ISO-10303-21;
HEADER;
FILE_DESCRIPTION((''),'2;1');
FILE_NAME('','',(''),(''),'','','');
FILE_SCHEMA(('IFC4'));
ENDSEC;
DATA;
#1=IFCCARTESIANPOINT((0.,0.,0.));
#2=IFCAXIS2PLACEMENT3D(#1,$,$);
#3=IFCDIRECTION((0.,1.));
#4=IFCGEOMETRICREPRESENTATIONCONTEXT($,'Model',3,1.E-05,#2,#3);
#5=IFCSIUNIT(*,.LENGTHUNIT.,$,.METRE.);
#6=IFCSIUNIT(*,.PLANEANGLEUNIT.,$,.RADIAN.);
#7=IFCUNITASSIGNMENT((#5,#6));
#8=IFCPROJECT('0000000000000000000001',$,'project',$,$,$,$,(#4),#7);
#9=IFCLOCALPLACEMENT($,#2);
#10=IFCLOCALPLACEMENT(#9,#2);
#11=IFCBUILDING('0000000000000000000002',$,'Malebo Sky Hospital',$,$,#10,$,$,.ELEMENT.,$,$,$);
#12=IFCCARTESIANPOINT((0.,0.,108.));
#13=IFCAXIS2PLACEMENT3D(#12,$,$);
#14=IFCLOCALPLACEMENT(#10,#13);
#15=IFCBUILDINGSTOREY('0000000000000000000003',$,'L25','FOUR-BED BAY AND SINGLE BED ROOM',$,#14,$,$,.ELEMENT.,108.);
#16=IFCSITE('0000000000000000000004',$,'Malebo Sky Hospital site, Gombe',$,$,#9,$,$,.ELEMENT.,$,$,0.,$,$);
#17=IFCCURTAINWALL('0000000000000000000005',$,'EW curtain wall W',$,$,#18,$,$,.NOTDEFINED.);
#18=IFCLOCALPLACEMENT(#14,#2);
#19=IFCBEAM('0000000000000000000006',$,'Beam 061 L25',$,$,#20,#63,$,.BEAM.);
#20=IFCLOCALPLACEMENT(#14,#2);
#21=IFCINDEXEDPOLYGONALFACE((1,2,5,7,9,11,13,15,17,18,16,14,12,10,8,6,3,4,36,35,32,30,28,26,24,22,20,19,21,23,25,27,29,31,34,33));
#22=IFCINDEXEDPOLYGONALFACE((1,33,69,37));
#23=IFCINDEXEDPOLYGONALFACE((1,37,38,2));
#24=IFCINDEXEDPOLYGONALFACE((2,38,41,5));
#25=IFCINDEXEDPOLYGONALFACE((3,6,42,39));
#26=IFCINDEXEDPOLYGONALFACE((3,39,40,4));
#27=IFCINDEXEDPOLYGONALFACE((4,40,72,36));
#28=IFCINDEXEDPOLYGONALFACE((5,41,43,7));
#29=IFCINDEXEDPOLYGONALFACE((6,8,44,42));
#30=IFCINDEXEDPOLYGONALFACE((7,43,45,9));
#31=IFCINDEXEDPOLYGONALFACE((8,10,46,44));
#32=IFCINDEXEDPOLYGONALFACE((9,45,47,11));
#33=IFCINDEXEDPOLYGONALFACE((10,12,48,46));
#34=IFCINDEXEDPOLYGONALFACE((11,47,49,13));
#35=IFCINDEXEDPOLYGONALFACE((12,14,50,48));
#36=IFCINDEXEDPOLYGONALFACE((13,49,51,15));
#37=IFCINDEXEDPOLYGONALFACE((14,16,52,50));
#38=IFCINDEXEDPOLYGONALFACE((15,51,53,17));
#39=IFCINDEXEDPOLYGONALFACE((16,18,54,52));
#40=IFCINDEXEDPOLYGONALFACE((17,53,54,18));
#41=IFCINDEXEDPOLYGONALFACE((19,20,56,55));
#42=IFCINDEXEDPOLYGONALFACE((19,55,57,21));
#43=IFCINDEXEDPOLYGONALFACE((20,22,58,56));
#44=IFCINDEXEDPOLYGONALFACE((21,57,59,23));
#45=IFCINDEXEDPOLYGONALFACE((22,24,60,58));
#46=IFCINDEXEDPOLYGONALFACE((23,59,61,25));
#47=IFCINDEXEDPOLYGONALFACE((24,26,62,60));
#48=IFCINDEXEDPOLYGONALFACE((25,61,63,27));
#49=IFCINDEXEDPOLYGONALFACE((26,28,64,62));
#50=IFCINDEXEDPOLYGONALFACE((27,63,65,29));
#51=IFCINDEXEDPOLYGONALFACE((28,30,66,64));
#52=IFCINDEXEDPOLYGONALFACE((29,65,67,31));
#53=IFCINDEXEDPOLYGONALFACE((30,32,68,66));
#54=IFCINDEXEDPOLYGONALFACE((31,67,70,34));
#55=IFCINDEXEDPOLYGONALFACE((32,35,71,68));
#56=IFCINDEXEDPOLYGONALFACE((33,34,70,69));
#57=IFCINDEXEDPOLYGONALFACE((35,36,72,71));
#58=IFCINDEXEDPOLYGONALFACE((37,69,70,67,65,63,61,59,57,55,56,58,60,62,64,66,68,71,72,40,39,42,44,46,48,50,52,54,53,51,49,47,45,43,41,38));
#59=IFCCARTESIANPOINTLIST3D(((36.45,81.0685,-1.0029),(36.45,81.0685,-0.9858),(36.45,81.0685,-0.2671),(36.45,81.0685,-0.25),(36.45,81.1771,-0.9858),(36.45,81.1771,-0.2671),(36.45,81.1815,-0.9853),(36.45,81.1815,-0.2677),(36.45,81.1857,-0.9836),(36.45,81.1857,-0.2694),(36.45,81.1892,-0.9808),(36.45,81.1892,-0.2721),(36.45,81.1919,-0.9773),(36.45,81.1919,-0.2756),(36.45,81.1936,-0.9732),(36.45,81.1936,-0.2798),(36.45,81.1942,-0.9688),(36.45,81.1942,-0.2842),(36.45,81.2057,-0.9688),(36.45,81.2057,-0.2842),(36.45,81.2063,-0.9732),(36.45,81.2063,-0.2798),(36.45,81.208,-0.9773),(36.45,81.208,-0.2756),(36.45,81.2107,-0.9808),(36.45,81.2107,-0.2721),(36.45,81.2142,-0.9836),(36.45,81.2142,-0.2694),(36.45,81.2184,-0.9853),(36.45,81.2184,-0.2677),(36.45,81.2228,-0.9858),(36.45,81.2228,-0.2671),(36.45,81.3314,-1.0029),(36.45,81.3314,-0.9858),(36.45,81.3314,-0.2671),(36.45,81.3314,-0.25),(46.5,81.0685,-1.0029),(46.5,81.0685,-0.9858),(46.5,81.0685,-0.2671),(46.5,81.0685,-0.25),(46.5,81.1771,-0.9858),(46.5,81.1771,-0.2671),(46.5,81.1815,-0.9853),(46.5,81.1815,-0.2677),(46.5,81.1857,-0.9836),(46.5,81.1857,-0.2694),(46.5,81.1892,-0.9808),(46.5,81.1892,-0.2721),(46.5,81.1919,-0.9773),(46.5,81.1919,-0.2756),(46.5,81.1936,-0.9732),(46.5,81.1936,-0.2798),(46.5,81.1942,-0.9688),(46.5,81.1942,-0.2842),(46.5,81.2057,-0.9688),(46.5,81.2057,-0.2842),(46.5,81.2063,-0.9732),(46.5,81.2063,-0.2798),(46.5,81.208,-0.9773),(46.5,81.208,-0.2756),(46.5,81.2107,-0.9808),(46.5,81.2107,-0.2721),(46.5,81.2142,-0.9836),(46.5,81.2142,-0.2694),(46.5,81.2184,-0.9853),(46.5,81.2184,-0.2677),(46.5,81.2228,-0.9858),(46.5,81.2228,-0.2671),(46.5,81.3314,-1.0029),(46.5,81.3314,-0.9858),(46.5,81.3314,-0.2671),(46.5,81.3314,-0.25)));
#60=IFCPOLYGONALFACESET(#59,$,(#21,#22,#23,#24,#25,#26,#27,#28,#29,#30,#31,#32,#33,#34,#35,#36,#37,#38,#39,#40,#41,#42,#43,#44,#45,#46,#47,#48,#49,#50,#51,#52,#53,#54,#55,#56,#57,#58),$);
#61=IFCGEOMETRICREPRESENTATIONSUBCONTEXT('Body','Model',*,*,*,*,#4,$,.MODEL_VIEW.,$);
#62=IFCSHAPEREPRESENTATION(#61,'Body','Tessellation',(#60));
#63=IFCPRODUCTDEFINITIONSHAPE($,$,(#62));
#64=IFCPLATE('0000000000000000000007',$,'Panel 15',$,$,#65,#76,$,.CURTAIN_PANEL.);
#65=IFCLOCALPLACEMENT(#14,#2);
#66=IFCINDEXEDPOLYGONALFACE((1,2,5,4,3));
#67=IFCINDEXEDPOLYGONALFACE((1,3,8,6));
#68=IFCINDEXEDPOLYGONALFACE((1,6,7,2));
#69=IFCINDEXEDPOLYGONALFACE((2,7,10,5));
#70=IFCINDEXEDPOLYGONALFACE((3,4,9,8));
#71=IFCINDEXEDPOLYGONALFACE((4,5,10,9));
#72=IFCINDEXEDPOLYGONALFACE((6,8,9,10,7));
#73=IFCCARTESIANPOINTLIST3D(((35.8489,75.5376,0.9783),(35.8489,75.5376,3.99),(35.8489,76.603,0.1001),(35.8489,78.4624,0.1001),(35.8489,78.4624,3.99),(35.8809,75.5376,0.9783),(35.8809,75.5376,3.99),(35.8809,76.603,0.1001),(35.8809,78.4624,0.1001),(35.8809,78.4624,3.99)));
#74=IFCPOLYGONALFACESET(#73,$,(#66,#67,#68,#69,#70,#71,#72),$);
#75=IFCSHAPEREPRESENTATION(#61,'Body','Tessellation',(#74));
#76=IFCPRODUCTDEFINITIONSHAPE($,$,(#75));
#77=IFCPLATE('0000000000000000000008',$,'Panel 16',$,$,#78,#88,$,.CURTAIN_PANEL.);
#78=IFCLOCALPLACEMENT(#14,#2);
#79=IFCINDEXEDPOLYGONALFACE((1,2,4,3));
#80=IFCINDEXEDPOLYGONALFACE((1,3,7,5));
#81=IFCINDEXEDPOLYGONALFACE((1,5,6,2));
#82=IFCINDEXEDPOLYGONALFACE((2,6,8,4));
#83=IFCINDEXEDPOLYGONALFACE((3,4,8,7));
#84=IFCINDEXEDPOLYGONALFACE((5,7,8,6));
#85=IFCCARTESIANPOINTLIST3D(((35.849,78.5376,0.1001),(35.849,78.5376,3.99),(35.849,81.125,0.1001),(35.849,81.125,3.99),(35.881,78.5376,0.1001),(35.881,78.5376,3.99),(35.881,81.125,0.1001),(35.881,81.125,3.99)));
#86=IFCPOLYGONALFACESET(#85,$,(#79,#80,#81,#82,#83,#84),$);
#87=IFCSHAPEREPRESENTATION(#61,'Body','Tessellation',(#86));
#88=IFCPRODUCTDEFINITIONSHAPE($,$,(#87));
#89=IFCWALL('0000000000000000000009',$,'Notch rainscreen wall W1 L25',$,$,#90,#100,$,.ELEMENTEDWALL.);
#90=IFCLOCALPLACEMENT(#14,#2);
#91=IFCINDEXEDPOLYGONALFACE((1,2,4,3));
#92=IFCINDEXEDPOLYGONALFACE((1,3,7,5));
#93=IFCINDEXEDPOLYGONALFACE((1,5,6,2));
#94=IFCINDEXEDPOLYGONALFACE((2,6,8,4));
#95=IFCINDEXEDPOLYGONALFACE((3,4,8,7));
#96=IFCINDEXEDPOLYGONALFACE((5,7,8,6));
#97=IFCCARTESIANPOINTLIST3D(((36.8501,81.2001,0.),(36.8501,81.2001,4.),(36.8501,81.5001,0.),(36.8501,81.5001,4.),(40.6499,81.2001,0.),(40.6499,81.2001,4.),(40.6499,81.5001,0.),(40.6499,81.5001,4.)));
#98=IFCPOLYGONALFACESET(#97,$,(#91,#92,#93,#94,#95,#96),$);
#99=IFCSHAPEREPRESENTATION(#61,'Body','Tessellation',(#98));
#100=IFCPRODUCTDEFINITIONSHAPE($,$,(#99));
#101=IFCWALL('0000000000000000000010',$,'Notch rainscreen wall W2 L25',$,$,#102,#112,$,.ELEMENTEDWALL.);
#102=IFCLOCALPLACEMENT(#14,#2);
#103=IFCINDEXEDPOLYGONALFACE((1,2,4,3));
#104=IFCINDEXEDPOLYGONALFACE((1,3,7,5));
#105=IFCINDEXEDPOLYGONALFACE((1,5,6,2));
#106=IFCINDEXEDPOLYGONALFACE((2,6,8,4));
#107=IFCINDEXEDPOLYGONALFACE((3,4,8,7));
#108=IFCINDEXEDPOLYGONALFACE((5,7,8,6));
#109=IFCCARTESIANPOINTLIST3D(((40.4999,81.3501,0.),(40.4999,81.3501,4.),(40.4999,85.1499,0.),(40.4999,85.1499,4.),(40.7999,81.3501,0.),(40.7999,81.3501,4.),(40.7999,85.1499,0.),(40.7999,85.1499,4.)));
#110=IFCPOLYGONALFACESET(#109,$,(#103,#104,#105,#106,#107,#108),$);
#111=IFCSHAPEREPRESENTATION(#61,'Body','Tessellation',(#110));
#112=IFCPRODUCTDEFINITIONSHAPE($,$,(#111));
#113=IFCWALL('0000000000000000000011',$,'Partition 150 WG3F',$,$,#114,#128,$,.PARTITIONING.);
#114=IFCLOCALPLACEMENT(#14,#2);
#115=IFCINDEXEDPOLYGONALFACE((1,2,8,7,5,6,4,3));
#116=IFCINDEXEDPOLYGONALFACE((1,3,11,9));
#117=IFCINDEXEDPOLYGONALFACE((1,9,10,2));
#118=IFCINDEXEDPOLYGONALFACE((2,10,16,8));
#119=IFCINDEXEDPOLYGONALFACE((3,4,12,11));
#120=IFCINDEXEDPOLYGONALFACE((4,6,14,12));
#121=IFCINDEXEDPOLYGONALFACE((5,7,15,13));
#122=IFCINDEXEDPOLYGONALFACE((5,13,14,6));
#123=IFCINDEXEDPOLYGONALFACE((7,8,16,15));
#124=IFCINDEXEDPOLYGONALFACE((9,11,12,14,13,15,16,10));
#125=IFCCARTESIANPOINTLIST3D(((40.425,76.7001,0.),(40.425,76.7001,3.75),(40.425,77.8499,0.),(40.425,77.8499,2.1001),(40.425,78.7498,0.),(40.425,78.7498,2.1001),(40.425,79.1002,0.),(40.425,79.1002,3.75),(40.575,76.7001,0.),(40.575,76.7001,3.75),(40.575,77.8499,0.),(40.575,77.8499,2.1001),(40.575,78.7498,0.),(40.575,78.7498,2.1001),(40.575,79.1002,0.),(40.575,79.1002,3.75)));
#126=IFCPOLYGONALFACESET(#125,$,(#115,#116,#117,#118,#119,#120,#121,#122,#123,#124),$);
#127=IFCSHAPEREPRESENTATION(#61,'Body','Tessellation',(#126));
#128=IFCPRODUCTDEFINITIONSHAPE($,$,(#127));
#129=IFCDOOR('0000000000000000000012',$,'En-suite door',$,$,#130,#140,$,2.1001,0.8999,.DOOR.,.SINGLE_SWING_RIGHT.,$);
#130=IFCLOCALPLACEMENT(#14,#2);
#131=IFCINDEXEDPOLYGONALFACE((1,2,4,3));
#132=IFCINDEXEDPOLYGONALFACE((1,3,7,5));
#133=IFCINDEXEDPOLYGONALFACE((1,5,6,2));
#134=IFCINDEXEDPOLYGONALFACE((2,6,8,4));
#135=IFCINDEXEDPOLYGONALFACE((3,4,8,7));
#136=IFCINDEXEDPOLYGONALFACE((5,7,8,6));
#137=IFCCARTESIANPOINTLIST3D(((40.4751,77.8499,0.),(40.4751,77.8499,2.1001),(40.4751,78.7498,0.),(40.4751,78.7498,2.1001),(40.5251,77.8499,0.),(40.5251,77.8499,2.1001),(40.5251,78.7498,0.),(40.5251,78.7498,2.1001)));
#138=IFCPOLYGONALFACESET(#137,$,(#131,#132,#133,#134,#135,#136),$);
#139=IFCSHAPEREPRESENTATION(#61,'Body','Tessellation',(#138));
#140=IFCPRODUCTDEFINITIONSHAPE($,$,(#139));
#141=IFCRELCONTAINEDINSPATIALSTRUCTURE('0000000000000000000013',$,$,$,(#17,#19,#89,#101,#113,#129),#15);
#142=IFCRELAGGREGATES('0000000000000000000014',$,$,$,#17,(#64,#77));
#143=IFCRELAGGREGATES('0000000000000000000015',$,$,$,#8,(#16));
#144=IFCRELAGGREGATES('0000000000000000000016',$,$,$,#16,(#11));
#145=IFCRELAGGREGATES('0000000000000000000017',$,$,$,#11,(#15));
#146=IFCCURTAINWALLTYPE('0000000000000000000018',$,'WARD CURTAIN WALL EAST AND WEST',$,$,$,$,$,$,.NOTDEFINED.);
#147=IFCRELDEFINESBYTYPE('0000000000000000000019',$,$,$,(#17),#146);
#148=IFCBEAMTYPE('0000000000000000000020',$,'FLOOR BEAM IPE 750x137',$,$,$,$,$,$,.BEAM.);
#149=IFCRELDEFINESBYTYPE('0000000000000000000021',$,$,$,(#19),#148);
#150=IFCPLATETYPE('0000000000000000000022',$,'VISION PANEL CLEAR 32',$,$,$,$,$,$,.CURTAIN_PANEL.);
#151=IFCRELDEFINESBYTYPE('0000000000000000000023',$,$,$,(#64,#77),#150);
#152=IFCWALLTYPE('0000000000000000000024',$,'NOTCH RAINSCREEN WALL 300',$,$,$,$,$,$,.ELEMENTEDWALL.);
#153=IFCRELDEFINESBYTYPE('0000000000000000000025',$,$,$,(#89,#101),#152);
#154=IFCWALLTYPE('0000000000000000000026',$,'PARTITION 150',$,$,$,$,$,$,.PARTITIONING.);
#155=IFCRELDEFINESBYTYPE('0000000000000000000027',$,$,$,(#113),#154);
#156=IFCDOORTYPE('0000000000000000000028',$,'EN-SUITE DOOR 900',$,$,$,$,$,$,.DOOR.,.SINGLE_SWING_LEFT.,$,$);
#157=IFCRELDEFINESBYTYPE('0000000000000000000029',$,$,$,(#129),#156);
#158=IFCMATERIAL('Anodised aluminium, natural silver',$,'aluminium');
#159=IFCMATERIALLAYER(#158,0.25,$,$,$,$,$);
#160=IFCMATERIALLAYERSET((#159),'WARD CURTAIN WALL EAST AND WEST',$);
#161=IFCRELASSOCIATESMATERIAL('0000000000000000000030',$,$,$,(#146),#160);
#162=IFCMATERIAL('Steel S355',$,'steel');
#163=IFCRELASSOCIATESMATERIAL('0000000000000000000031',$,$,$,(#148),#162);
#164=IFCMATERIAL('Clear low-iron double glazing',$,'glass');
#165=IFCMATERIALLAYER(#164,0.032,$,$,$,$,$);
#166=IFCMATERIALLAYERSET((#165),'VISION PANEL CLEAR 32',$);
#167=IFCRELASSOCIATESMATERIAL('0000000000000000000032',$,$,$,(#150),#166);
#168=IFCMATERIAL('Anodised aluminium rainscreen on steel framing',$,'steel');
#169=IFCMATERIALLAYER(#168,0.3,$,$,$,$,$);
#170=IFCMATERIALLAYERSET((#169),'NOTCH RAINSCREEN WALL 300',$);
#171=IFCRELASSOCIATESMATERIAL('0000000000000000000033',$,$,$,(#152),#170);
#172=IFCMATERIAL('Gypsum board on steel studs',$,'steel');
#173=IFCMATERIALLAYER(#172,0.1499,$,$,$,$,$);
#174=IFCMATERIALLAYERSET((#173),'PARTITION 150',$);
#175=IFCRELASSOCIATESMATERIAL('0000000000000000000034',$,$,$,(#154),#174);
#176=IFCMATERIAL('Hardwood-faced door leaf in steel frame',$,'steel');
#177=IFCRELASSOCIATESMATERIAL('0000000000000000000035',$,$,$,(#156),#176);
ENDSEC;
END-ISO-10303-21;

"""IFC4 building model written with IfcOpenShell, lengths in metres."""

from ifc_helpers import new_model, si_unit, direction, frame, frame_2d, origin, origin_2d, place, context, subcontext, project, spatial, polyline, rectangle, i_section, outline, extrude, material, layer, layer_set, material_profile, profile_set, type_object, element, fill, aggregate, save


model = new_model("IFC4")

# Units and contexts
model_context = context("Model", 3, precision=1e-05, world=origin(), true_north=direction((0.0, 1.0)))
body_context = subcontext(model_context, "Body", "Model", "MODEL_VIEW")
ifc_project = project(units=[si_unit("LENGTHUNIT", "METRE"), si_unit("PLANEANGLEUNIT", "RADIAN")], contexts=[model_context])

# Site, building, storey
site_placement = place(None, origin())
site = spatial("IfcSite", under=ifc_project, at=site_placement, Name="Malebo Sky Hospital site, Gombe", CompositionType="ELEMENT", RefElevation=0.0)
building_placement = place(site_placement, origin())
building = spatial("IfcBuilding", under=site, at=building_placement, Name="Malebo Sky Hospital", CompositionType="ELEMENT")
storey_placement = place(building_placement, frame((0.0, 0.0, 108.0)))
storey = spatial("IfcBuildingStorey", under=building, at=storey_placement, Name="L25", Description="FOUR-BED BAY AND SINGLE BED ROOM", CompositionType="ELEMENT", Elevation=108.0)

# Curtain wall
ifc_material_1 = material(Name="Anodised aluminium, natural silver", Category="aluminium")
ifc_layer_1 = layer(ifc_material_1, 0.25)
ifc_layer_set_1 = layer_set([ifc_layer_1], Name="WARD CURTAIN WALL EAST AND WEST")
curtain_wall_type_1 = type_object("IfcCurtainWallType", Name="WARD CURTAIN WALL EAST AND WEST", PredefinedType="NOTDEFINED", material=ifc_layer_set_1)
curtain_wall_1_placement = place(storey_placement, origin())
curtain_wall_1 = element("IfcCurtainWall", 1, at=curtain_wall_1_placement, inside=storey, type_object=curtain_wall_type_1, Name="EW curtain wall W", PredefinedType="NOTDEFINED")

# Shared definitions
ifc_material_2 = material(Name="Steel S355", Category="steel")

# Beam
ifc_material_profile_1 = material_profile(ifc_material_2, i_section(OverallWidth=0.2629, OverallDepth=0.7529, WebThickness=0.0115, FlangeThickness=0.0171, FilletRadius=0.0171, at=origin_2d()), Name="IPE 750x137")
ifc_profile_set_1 = profile_set([ifc_material_profile_1], Name="Steel S355")
beam_type = type_object("IfcBeamType", Name="FLOOR BEAM IPE 750x137", PredefinedType="BEAM", material=ifc_profile_set_1)
beam_placement = place(storey_placement, frame((36.45, 81.2, -0.6265), z_axis=(1.0, 0.0, 0.0), x_axis=(0.0, 1.0, 0.0)))
element("IfcBeam", 2, at=beam_placement, inside=storey, type_object=beam_type, Name="Beam 061 L25", PredefinedType="BEAM", context=body_context, shape_type="SweptSolid", body=[
    extrude(i_section(OverallWidth=0.2629, OverallDepth=0.7529, WebThickness=0.0115, FlangeThickness=0.0171, FilletRadius=0.0171, at=origin_2d()), origin(), (0.0, 0.0, 1.0), 10.05),
])

# Plates
ifc_material_3 = material(Name="Clear low-iron double glazing", Category="glass")
ifc_layer_2 = layer(ifc_material_3, 0.032)
ifc_layer_set_2 = layer_set([ifc_layer_2], Name="VISION PANEL CLEAR 32")
plate_type = type_object("IfcPlateType", Name="VISION PANEL CLEAR 32", PredefinedType="CURTAIN_PANEL", material=ifc_layer_set_2)
plate_1_placement = place(storey_placement, frame((35.865, 77.0, 0.1001), z_axis=(0.0, 0.0, 1.0), x_axis=(0.0, 1.0, 0.0)))
plate_1 = element("IfcPlate", 3, at=plate_1_placement, type_object=plate_type, Name="Panel 15", PredefinedType="CURTAIN_PANEL", context=body_context, shape_type="SweptSolid", body=[
    extrude(outline(polyline([(-0.397, 0.0), (1.4624, 0.0), (1.4624, 3.8899), (-1.4624, 3.8899), (-1.4624, 0.8782), (-0.397, 0.0)])), frame((0.0, 0.0161, 0.0), z_axis=(0.0, -1.0, 0.0), x_axis=(1.0, 0.0, 0.0)), (0.0, 0.0, 1.0), 0.032),
])
plate_2_placement = place(storey_placement, frame((35.865, 79.8313, 0.1001), z_axis=(0.0, 0.0, 1.0), x_axis=(0.0, 1.0, 0.0)))
plate_2 = element("IfcPlate", 4, at=plate_2_placement, type_object=plate_type, Name="Panel 16", PredefinedType="CURTAIN_PANEL", context=body_context, shape_type="SweptSolid", body=[
    extrude(rectangle(XDim=2.5874, YDim=0.032, at=origin_2d()), origin(), (0.0, 0.0, 1.0), 3.8899),
])
aggregate(curtain_wall_1, [plate_1, plate_2])

# Walls
ifc_material_4 = material(Name="Anodised aluminium rainscreen on steel framing", Category="steel")
ifc_layer_3 = layer(ifc_material_4, 0.3)
ifc_layer_set_3 = layer_set([ifc_layer_3], Name="NOTCH RAINSCREEN WALL 300")
wall_type_1 = type_object("IfcWallType", Name="NOTCH RAINSCREEN WALL 300", PredefinedType="ELEMENTEDWALL", material=ifc_layer_set_3)
for number, where, z_axis, x_axis, name in (
    (5, (36.8501, 81.3501, 0.0), (0.0, 0.0, 1.0), (1.0, 0.0, 0.0), "Notch rainscreen wall W1 L25"),
    (6, (40.6499, 81.3501, 0.0), (0.0, 0.0, 1.0), (0.0, 1.0, 0.0), "Notch rainscreen wall W2 L25"),
):
    element("IfcWall", number, at=place(storey_placement, frame(where, z_axis=z_axis, x_axis=x_axis)), inside=storey, type_object=wall_type_1, Name=name, PredefinedType="ELEMENTEDWALL", context=body_context, shape_type="SweptSolid", body=[
        extrude(rectangle(XDim=3.7998, YDim=0.3, at=frame_2d((1.8999, 0.0))), origin(), (0.0, 0.0, 1.0), 4.0),
    ])

# Wall, opening, door
ifc_material_5 = material(Name="Gypsum board on steel studs", Category="steel")
ifc_layer_4 = layer(ifc_material_5, 0.1499)
ifc_layer_set_4 = layer_set([ifc_layer_4], Name="PARTITION 150")
wall_type_2 = type_object("IfcWallType", Name="PARTITION 150", PredefinedType="PARTITIONING", material=ifc_layer_set_4)
wall_placement = place(storey_placement, frame((40.5, 76.7, 0.0), z_axis=(0.0, 0.0, 1.0), x_axis=(0.0, 1.0, 0.0)))
wall = element("IfcWall", 7, at=wall_placement, inside=storey, type_object=wall_type_2, Name="Partition 150 WG3F", PredefinedType="PARTITIONING", context=body_context, shape_type="SweptSolid", body=[
    extrude(rectangle(XDim=2.4001, YDim=0.1499, at=frame_2d((1.2002, 0.0))), origin(), (0.0, 0.0, 1.0), 3.75),
])
opening_placement = place(wall_placement, frame((1.1499, 0.0, 0.0)))
opening = element("IfcOpeningElement", 8, at=opening_placement, cuts=wall, PredefinedType="OPENING", context=body_context, shape_type="SweptSolid", body=[
    extrude(rectangle(XDim=0.8999, YDim=2.1001, at=frame_2d((0.45, 1.05))), frame((0.0, 0.085, 0.0), z_axis=(0.0, -1.0, 0.0), x_axis=(1.0, 0.0, 0.0)), (0.0, 0.0, 1.0), 0.1699),
])
ifc_material_6 = material(Name="Hardwood-faced door leaf in steel frame", Category="steel")
door_type = type_object("IfcDoorType", Name="EN-SUITE DOOR 900", OperationType="SINGLE_SWING_LEFT", PredefinedType="DOOR", material=ifc_material_6)
door_placement = place(opening_placement, origin())
door = element("IfcDoor", 9, at=door_placement, inside=storey, type_object=door_type, Name="En-suite door", OperationType="SINGLE_SWING_RIGHT", OverallHeight=2.1001, OverallWidth=0.8999, PredefinedType="DOOR", context=body_context, shape_type="SweptSolid", body=[
    extrude(rectangle(XDim=0.8999, YDim=2.1001, at=frame_2d((0.45, 1.05))), frame((0.0, 0.0249, 0.0), z_axis=(0.0, -1.0, 0.0), x_axis=(1.0, 0.0, 0.0)), (0.0, 0.0, 1.0), 0.05),
])
fill(opening, door)

save(model, "model.ifc")
